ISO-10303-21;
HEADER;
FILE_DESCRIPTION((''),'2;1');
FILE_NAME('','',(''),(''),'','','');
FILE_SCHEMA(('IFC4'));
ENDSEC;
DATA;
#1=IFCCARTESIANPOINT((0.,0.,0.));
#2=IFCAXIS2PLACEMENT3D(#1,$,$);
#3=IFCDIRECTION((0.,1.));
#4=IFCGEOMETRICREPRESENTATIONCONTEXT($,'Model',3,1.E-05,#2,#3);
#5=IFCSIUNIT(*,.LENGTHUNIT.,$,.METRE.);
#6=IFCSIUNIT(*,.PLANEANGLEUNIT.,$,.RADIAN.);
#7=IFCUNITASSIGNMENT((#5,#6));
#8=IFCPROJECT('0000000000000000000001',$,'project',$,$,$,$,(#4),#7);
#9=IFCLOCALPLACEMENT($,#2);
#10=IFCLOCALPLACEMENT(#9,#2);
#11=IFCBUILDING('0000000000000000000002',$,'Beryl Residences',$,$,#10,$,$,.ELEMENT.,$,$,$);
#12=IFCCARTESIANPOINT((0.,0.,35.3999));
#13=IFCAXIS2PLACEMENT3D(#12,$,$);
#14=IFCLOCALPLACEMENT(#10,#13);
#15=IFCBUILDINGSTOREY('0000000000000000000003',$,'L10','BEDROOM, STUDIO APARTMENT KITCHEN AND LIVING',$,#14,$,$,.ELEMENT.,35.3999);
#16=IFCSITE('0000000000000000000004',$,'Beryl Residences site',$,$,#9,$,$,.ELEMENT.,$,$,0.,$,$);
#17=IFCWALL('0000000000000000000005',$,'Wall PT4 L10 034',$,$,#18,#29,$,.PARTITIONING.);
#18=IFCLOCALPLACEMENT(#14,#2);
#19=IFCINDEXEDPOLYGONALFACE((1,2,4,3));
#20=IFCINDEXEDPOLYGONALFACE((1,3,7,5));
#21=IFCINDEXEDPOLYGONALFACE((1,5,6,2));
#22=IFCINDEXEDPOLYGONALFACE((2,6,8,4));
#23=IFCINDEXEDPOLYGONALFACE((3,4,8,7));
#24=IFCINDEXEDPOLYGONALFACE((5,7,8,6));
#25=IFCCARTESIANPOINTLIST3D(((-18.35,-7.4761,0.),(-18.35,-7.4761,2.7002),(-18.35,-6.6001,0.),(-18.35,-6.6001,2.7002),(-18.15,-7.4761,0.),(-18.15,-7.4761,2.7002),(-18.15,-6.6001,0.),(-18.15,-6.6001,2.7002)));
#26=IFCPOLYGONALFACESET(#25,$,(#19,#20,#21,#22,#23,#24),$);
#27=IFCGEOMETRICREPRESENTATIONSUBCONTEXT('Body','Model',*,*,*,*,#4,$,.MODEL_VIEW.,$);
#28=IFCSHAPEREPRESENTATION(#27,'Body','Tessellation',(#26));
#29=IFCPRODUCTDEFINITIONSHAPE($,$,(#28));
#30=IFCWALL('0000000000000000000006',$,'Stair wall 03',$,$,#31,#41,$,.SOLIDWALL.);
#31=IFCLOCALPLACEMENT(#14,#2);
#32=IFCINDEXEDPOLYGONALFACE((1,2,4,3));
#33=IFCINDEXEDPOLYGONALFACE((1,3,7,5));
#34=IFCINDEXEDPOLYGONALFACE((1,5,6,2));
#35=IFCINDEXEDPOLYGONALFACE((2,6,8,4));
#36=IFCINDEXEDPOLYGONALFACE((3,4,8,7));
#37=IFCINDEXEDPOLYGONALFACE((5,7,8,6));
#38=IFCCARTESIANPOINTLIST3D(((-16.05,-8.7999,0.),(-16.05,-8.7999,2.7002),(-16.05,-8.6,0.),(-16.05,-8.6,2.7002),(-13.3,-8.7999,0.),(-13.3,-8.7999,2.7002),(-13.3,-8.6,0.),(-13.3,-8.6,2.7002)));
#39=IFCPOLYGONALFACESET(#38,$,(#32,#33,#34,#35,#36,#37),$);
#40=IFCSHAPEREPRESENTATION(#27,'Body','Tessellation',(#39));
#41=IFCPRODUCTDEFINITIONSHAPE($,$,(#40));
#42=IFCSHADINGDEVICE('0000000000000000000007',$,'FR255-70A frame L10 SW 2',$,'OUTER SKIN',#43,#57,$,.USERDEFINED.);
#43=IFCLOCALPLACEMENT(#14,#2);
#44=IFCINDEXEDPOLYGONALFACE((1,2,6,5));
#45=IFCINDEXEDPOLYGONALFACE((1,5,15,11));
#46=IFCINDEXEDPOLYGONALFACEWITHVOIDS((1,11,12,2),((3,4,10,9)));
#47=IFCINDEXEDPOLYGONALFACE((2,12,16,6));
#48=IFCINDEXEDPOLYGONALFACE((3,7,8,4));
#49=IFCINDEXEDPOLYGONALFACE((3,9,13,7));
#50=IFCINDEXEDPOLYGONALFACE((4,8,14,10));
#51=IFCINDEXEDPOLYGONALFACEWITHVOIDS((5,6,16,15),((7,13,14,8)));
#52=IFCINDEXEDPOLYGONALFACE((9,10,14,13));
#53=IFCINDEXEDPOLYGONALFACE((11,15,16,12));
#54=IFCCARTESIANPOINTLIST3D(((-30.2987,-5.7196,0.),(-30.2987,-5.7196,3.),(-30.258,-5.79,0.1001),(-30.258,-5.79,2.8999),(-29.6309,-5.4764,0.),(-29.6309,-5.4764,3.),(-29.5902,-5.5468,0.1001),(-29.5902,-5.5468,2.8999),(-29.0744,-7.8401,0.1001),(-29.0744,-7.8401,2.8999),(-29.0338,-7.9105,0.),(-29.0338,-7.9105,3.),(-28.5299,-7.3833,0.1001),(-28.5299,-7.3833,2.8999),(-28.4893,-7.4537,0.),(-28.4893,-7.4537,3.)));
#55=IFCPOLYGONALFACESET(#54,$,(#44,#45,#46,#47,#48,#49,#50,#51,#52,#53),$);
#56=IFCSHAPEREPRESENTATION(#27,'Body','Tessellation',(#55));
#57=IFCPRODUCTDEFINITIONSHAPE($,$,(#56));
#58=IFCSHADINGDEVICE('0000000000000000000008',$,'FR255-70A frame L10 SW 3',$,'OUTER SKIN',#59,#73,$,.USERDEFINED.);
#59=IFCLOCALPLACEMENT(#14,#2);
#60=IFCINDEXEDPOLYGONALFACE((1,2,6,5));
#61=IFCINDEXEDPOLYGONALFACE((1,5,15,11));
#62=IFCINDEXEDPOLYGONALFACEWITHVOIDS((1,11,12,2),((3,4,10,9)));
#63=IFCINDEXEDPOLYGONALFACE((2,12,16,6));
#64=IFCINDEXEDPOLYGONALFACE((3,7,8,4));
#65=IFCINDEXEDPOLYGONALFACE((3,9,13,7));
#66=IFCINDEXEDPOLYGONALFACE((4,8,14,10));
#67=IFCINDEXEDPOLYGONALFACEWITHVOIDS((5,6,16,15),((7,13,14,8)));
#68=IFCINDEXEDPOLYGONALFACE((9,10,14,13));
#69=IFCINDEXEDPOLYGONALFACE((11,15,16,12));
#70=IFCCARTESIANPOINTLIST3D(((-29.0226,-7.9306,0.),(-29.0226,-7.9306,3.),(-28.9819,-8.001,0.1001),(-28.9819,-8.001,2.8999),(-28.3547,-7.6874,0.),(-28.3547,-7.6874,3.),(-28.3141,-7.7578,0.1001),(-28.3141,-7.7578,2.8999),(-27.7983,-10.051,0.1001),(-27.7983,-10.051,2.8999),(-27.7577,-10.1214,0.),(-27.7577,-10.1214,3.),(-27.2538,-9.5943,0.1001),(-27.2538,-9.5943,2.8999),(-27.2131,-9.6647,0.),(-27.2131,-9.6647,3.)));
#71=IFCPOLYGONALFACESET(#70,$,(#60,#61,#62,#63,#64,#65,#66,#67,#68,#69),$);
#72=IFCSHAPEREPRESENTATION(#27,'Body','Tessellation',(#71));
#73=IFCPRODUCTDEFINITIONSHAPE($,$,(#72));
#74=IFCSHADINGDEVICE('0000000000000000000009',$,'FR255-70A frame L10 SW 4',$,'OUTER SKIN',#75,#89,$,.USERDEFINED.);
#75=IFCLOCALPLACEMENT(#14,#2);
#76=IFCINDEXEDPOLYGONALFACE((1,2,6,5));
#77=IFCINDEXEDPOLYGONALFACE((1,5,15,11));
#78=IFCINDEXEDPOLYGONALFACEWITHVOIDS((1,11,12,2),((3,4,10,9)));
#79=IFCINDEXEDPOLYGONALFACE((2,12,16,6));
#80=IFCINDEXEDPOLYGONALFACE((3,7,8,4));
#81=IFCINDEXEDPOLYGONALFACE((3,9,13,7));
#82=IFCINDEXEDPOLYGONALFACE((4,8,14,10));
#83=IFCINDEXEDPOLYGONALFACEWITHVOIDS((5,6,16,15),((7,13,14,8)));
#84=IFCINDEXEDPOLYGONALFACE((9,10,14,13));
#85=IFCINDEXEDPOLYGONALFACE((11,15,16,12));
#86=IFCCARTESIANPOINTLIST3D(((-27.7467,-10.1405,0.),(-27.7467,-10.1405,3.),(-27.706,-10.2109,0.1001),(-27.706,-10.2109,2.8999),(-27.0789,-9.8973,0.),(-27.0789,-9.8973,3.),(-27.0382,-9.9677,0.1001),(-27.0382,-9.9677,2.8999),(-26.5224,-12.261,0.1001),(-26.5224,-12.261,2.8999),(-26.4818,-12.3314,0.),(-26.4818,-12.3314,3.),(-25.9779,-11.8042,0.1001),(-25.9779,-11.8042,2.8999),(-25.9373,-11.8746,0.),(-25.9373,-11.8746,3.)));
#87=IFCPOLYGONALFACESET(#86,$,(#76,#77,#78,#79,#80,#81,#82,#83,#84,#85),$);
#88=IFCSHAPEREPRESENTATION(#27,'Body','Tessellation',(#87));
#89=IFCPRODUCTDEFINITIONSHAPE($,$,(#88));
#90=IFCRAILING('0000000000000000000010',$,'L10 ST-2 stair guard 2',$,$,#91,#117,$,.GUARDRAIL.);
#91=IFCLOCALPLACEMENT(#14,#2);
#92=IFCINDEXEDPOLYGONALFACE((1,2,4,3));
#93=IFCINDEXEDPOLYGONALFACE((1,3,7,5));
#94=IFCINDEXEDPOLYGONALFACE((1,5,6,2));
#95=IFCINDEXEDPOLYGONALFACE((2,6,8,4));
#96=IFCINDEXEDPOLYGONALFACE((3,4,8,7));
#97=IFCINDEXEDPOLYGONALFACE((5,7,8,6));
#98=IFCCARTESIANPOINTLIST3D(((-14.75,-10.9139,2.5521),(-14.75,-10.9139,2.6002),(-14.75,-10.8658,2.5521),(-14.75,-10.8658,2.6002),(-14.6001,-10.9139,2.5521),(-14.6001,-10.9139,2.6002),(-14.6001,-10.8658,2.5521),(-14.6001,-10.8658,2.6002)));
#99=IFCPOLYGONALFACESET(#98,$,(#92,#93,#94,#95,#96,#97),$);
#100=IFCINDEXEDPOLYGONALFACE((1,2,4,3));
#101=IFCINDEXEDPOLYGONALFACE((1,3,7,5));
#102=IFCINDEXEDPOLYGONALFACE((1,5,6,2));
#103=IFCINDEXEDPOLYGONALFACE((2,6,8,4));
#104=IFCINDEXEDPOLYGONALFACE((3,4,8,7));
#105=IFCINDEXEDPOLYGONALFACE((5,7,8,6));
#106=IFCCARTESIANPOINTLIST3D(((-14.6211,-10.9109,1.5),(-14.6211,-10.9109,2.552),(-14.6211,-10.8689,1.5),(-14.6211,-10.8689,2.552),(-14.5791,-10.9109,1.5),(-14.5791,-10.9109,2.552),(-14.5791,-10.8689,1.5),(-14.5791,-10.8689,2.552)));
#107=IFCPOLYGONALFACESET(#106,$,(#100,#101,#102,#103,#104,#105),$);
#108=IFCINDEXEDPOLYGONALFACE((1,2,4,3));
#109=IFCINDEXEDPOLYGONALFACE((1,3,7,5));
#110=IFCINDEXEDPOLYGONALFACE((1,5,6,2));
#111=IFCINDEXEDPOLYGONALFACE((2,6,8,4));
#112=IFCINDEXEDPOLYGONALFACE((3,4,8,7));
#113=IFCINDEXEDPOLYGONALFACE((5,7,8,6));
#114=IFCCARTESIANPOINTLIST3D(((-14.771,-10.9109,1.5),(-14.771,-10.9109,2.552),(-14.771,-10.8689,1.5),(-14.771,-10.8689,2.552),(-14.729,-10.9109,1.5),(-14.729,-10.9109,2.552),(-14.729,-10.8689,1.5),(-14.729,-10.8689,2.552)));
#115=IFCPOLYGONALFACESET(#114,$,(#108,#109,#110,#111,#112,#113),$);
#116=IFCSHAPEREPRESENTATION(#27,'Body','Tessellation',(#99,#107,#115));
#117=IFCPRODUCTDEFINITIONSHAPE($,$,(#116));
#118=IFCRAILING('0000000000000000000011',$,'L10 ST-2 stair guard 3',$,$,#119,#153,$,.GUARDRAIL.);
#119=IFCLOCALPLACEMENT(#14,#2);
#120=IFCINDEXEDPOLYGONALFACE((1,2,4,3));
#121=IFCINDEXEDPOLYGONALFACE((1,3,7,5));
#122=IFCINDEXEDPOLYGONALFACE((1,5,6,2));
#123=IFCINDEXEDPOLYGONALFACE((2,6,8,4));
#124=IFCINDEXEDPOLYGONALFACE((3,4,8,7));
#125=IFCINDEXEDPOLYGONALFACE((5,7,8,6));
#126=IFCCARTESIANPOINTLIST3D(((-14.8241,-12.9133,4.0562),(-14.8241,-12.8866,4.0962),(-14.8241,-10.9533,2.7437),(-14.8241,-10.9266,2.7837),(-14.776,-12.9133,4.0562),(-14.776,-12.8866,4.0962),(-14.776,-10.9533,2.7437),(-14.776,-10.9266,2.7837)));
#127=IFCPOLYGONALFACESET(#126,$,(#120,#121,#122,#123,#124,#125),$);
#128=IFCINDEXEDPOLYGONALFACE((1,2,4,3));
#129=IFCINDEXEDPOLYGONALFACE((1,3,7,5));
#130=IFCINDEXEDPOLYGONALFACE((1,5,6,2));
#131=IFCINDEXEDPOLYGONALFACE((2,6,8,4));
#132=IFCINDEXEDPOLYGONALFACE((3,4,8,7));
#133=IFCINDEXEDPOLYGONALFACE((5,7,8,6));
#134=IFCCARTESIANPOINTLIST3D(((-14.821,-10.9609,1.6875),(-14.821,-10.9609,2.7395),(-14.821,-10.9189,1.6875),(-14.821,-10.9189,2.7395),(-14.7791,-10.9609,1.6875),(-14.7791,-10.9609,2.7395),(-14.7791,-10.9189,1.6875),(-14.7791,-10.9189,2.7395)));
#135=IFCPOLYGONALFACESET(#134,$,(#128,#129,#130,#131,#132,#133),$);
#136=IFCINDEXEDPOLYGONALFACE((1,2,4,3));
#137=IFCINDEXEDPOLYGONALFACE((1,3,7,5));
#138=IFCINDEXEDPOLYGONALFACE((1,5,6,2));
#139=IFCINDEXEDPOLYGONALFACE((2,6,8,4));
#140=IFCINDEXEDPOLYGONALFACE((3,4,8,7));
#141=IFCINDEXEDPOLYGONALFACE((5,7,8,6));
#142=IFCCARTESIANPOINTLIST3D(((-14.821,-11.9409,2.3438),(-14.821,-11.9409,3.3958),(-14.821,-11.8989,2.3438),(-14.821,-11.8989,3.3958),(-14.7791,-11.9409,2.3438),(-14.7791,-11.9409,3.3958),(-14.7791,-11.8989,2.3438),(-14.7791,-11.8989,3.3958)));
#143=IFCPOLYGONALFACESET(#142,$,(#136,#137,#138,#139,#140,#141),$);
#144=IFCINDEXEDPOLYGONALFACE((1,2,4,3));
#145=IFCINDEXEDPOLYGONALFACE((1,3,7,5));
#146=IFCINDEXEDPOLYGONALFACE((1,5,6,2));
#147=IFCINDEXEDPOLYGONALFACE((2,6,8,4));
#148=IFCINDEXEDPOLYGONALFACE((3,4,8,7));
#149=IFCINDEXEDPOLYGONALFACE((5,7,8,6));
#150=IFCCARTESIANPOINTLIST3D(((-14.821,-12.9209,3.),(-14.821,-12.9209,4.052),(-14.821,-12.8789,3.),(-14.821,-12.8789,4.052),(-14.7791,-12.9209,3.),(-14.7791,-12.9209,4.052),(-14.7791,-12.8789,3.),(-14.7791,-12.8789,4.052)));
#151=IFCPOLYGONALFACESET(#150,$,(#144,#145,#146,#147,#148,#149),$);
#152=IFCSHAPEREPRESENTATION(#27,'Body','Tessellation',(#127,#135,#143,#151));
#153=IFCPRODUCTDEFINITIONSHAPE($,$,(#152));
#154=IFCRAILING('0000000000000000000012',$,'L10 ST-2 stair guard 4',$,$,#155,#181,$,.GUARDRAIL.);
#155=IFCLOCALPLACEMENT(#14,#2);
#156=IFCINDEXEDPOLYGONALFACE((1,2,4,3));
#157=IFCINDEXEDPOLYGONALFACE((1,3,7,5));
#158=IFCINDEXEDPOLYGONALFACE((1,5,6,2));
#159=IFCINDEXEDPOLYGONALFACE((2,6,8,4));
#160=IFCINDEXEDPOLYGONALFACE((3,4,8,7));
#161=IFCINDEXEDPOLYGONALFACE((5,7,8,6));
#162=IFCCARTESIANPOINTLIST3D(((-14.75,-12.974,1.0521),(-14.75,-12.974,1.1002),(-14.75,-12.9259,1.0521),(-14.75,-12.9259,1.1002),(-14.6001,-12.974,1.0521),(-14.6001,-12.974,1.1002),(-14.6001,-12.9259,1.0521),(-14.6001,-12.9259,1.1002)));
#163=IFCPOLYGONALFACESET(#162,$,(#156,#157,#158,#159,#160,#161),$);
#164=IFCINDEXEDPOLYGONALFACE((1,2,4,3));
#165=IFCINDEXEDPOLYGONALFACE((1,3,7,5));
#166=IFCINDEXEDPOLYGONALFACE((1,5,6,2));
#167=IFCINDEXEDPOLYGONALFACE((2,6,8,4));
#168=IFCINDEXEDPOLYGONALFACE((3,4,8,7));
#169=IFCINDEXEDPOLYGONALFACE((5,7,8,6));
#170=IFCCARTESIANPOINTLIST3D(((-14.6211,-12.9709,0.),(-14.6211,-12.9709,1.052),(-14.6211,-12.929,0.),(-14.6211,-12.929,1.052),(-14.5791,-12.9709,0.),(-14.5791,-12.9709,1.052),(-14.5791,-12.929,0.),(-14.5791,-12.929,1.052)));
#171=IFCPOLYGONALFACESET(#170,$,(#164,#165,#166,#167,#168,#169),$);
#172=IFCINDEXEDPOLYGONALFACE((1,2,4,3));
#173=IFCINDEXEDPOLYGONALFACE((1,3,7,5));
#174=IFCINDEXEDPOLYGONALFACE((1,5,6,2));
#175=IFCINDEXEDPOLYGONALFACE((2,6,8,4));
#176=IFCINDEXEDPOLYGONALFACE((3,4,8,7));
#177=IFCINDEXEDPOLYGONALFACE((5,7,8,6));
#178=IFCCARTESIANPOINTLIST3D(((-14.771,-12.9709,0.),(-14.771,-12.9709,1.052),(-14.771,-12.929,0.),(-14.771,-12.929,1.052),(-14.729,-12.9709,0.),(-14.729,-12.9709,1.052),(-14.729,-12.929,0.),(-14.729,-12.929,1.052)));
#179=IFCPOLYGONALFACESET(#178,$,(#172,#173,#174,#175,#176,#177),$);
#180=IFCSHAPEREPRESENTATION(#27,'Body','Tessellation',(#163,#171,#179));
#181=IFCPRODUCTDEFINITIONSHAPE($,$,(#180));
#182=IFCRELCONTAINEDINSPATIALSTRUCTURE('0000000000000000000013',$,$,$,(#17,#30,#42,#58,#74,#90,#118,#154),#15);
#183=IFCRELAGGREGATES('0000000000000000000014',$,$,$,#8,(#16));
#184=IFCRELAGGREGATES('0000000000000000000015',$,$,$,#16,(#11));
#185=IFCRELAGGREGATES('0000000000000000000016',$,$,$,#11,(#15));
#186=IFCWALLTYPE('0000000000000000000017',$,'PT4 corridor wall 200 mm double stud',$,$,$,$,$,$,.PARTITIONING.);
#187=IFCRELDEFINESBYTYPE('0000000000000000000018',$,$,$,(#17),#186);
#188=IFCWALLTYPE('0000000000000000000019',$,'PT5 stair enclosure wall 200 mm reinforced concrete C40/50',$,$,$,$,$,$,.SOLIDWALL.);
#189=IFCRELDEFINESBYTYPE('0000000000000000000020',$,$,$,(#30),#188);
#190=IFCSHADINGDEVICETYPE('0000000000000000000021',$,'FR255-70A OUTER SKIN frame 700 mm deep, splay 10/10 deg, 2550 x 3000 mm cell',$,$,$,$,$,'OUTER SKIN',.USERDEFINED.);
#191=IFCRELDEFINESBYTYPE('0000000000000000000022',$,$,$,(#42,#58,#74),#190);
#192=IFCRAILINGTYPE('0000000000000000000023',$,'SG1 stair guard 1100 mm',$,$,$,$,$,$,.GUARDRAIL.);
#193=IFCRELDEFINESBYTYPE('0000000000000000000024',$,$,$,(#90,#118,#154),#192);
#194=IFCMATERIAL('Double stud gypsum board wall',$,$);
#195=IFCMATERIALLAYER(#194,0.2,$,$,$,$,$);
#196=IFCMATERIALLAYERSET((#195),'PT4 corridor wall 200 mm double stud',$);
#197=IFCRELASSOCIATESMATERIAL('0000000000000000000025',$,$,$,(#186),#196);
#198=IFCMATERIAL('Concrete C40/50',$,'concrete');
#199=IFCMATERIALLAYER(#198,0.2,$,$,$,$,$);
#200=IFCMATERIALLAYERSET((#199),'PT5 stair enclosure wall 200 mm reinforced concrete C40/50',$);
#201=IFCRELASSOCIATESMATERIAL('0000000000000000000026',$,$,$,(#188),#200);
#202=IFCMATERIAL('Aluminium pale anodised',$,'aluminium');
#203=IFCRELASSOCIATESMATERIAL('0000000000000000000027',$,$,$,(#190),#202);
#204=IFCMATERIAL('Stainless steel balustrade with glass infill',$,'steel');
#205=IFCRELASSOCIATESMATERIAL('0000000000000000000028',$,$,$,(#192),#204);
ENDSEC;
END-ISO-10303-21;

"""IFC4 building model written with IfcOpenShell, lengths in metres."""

from ifc_helpers import new_model, entity, si_unit, direction, frame, frame_2d, origin, origin_2d, place, context, subcontext, project, spatial, rectangle, extrude, source, transform, mapped, material, layer, layer_set, type_object, type_shapes, element, save


model = new_model("IFC4")

# Units and contexts
model_context = context("Model", 3, precision=1e-05, world=origin(), true_north=direction((0.0, 1.0)))
body_context = subcontext(model_context, "Body", "Model", "MODEL_VIEW")
ifc_project = project(units=[si_unit("LENGTHUNIT", "METRE"), si_unit("PLANEANGLEUNIT", "RADIAN")], contexts=[model_context])

# Site, building, storey
site_placement = place(None, origin())
site = spatial("IfcSite", under=ifc_project, at=site_placement, Name="Beryl Residences site", CompositionType="ELEMENT", RefElevation=0.0)
building_placement = place(site_placement, origin())
building = spatial("IfcBuilding", under=site, at=building_placement, Name="Beryl Residences", CompositionType="ELEMENT")
storey_placement = place(building_placement, frame((0.0, 0.0, 35.3999)))
storey = spatial("IfcBuildingStorey", under=building, at=storey_placement, Name="L10", Description="BEDROOM, STUDIO APARTMENT KITCHEN AND LIVING", CompositionType="ELEMENT", Elevation=35.3999)

# Shared definitions
ifc_material_1 = material(Name="Double stud gypsum board wall")
ifc_layer_1 = layer(ifc_material_1, 0.2)
ifc_layer_set_1 = layer_set([ifc_layer_1], Name="PT4 corridor wall 200 mm double stud")
wall_type_1 = type_object("IfcWallType", Name="PT4 corridor wall 200 mm double stud", PredefinedType="PARTITIONING", material=ifc_layer_set_1)

# Walls
wall_1_placement = place(storey_placement, frame((-18.25, -7.4761, 0.0), z_axis=(0.0, 0.0, 1.0), x_axis=(0.0, 1.0, 0.0)))
element("IfcWall", 1, at=wall_1_placement, inside=storey, type_object=wall_type_1, Name="Wall PT4 L10 034", PredefinedType="PARTITIONING", context=body_context, shape_type="SweptSolid", body=[
    extrude(rectangle(XDim=0.876, YDim=0.2, at=frame_2d((0.438, 0.0))), origin(), (0.0, 0.0, 1.0), 2.7002),
])
ifc_material_2 = material(Name="Concrete C40/50", Category="concrete")
ifc_layer_2 = layer(ifc_material_2, 0.2)
ifc_layer_set_2 = layer_set([ifc_layer_2], Name="PT5 stair enclosure wall 200 mm reinforced concrete C40/50")
wall_type_2 = type_object("IfcWallType", Name="PT5 stair enclosure wall 200 mm reinforced concrete C40/50", PredefinedType="SOLIDWALL", material=ifc_layer_set_2)
wall_2_placement = place(storey_placement, frame((-16.05, -8.7, 0.0), z_axis=(0.0, 0.0, 1.0), x_axis=(1.0, 0.0, 0.0)))
element("IfcWall", 2, at=wall_2_placement, inside=storey, type_object=wall_type_2, Name="Stair wall 03", PredefinedType="SOLIDWALL", context=body_context, shape_type="SweptSolid", body=[
    extrude(rectangle(XDim=2.75, YDim=0.2, at=frame_2d((1.375, 0.0))), origin(), (0.0, 0.0, 1.0), 2.7002),
])

# Shading devices
ifc_material_3 = material(Name="Aluminium pale anodised", Category="aluminium")
shading_device_type = type_object("IfcShadingDeviceType", Name="FR255-70A OUTER SKIN frame 700 mm deep, splay 10/10 deg, 2550 x 3000 mm cell", ElementType="OUTER SKIN", PredefinedType="USERDEFINED", material=ifc_material_3)
cartesian_point_1 = entity("IfcCartesianPoint", [-1.1416, 0.0])
cartesian_point_2 = entity("IfcCartesianPoint", [-1.0603, 0.1001])
cartesian_point_3 = entity("IfcCartesianPoint", [-1.2649, 0.0])
cartesian_point_4 = entity("IfcCartesianPoint", [-1.1836, 0.1001])
shared_shape_1 = source(origin(), body_context, "Body", "SweptSolid", [
    entity("IfcExtrudedAreaSolidTapered", entity("IfcArbitraryProfileDefWithVoids", "AREA", None, entity("IfcPolyline", [cartesian_point_1, entity("IfcCartesianPoint", [1.1416, 0.0]), entity("IfcCartesianPoint", [1.1416, 3.0]), entity("IfcCartesianPoint", [-1.1416, 3.0]), cartesian_point_1]), [entity("IfcPolyline", [cartesian_point_2, entity("IfcCartesianPoint", [1.0603, 0.1001]), entity("IfcCartesianPoint", [1.0603, 2.8999]), entity("IfcCartesianPoint", [-1.0603, 2.8999]), cartesian_point_2])]), entity("IfcAxis2Placement3D", entity("IfcCartesianPoint", [0.0, 0.0, 0.0]), entity("IfcDirection", [0.0, 1.0, 0.0]), entity("IfcDirection", [-1.0, 0.0, 0.0])), entity("IfcDirection", [0.0, 0.0, 1.0]), 0.7, entity("IfcArbitraryProfileDefWithVoids", "AREA", None, entity("IfcPolyline", [cartesian_point_3, entity("IfcCartesianPoint", [1.2649, 0.0]), entity("IfcCartesianPoint", [1.2649, 3.0]), entity("IfcCartesianPoint", [-1.2649, 3.0]), cartesian_point_3]), [entity("IfcPolyline", [cartesian_point_4, entity("IfcCartesianPoint", [1.1836, 0.1001]), entity("IfcCartesianPoint", [1.1836, 2.8999]), entity("IfcCartesianPoint", [-1.1836, 2.8999]), cartesian_point_4])])),
])
type_shapes(shading_device_type, [shared_shape_1])
for number, where, z_axis, x_axis, name in (
    (3, (-29.0601, -6.4651, 0.0), (0.0, 0.0, 1.0), (-0.5, 0.866025, 0.0), "FR255-70A frame L10 SW 2"),
    (4, (-27.7839, -8.676, 0.0), (0.0, 0.0, 1.0), (-0.5, 0.866025, 0.0), "FR255-70A frame L10 SW 3"),
    (5, (-26.5081, -10.886, 0.0), (0.0, 0.0, 1.0), (-0.5, 0.866025, 0.0), "FR255-70A frame L10 SW 4"),
):
    element("IfcShadingDevice", number, at=place(storey_placement, frame(where, z_axis=z_axis, x_axis=x_axis)), inside=storey, type_object=shading_device_type, Name=name, ObjectType="OUTER SKIN", PredefinedType="USERDEFINED", context=body_context, shape_type="MappedRepresentation", body=[
        mapped(shared_shape_1, transform((0.0, 0.0, 0.0))),
    ])

# Railings
ifc_material_4 = material(Name="Stainless steel balustrade with glass infill", Category="steel")
railing_type_1 = type_object("IfcRailingType", Name="SG1 stair guard 1100 mm", PredefinedType="GUARDRAIL", material=ifc_material_4)
railing_1_placement = place(storey_placement, frame((-14.6001, -10.8899, 1.5)))
element("IfcRailing", 6, at=railing_1_placement, inside=storey, type_object=railing_type_1, Name="L10 ST-2 stair guard 2", PredefinedType="GUARDRAIL", context=body_context, shape_type="SweptSolid", body=[
    extrude(rectangle(XDim=0.0481, YDim=0.0481, at=origin_2d()), frame((0.0, 0.0, 1.0762), z_axis=(-1.0, 0.0, 0.0), x_axis=(0.0, -1.0, 0.0)), (0.0, 0.0, 1.0), 0.1499),
    extrude(rectangle(XDim=0.042, YDim=0.042, at=origin_2d()), origin(), (0.0, 0.0, 1.0), 1.052),
    extrude(rectangle(XDim=0.042, YDim=0.042, at=origin_2d()), frame((-0.1499, 0.0, 0.0)), (0.0, 0.0, 1.0), 1.052),
])
railing_2_placement = place(storey_placement, frame((-14.8, -10.9399, 1.6875)))
element("IfcRailing", 7, at=railing_2_placement, inside=storey, type_object=railing_type_1, Name="L10 ST-2 stair guard 3", PredefinedType="GUARDRAIL", context=body_context, shape_type="SweptSolid", body=[
    extrude(rectangle(XDim=0.0481, YDim=0.0481, at=origin_2d()), frame((0.0, 0.0, 1.0762), z_axis=(0.0, -0.830902, 0.556419), x_axis=(1.0, 0.0, 0.0)), (0.0, 0.0, 1.0), 2.3589),
    extrude(rectangle(XDim=0.042, YDim=0.042, at=origin_2d()), origin(), (0.0, 0.0, 1.0), 1.052),
    extrude(rectangle(XDim=0.042, YDim=0.042, at=origin_2d()), frame((0.0, -0.98, 0.6562)), (0.0, 0.0, 1.0), 1.052),
    extrude(rectangle(XDim=0.042, YDim=0.042, at=origin_2d()), frame((0.0, -1.96, 1.3125)), (0.0, 0.0, 1.0), 1.052),
])
railing_3_placement = place(storey_placement, frame((-14.6001, -12.95, 0.0)))
element("IfcRailing", 8, at=railing_3_placement, inside=storey, type_object=railing_type_1, Name="L10 ST-2 stair guard 4", PredefinedType="GUARDRAIL", context=body_context, shape_type="SweptSolid", body=[
    extrude(rectangle(XDim=0.0481, YDim=0.0481, at=origin_2d()), frame((0.0, 0.0, 1.0762), z_axis=(-1.0, 0.0, 0.0), x_axis=(0.0, -1.0, 0.0)), (0.0, 0.0, 1.0), 0.1499),
    extrude(rectangle(XDim=0.042, YDim=0.042, at=origin_2d()), origin(), (0.0, 0.0, 1.0), 1.052),
    extrude(rectangle(XDim=0.042, YDim=0.042, at=origin_2d()), frame((-0.1499, 0.0, 0.0)), (0.0, 0.0, 1.0), 1.052),
])

save(model, "model.ifc")
